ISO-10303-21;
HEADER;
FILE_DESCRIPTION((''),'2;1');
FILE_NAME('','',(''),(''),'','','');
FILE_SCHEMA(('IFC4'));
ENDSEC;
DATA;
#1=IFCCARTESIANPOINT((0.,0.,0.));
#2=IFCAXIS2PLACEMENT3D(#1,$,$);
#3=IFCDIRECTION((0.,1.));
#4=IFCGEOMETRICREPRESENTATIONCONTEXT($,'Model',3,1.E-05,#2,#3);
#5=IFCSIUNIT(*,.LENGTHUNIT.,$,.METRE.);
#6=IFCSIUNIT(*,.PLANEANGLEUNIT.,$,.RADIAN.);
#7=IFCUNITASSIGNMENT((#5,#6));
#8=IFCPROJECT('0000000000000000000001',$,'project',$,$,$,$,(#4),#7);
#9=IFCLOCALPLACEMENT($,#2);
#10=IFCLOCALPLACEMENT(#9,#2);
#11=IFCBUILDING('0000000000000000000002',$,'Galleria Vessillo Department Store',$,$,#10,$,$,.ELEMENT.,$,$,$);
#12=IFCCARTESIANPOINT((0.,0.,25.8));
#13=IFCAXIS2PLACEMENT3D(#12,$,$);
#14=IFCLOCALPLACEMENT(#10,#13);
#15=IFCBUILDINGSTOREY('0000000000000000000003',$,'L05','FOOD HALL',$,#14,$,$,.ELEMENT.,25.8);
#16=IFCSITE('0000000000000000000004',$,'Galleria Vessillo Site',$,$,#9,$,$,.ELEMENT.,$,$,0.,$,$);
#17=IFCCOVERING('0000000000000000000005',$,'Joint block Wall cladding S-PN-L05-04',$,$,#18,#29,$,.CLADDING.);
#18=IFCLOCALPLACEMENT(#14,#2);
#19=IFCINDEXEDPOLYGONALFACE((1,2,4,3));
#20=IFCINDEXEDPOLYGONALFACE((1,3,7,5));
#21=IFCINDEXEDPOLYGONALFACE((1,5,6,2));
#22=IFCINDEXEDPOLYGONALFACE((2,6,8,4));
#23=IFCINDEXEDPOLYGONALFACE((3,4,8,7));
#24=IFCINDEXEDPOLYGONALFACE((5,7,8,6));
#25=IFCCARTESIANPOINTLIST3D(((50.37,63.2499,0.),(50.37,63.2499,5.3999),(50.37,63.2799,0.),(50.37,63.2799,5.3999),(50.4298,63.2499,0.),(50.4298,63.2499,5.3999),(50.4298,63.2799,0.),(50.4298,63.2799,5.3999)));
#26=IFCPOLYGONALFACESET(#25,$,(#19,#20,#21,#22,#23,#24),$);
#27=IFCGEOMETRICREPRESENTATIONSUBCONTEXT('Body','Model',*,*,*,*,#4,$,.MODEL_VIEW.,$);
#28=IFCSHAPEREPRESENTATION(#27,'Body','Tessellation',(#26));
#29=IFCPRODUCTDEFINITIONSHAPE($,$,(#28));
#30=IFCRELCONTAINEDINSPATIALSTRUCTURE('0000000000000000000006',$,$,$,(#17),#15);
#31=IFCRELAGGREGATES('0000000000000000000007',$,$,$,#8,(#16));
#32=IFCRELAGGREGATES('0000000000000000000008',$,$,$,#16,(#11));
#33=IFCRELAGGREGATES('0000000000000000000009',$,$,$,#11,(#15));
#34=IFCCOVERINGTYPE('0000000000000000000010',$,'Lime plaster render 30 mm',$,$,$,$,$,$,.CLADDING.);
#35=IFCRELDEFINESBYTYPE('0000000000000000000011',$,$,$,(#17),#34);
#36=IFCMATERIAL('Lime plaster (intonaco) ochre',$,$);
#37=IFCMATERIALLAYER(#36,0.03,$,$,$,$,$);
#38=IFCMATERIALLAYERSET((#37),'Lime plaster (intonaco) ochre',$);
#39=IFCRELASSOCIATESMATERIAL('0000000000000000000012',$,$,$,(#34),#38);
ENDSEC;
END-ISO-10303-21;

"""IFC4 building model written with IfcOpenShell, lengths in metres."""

from ifc_helpers import new_model, si_unit, direction, frame, origin, origin_2d, place, context, subcontext, project, spatial, rectangle, extrude, material, layer, layer_set, type_object, element, save


model = new_model("IFC4")

# Units and contexts
model_context = context("Model", 3, precision=1e-05, world=origin(), true_north=direction((0.0, 1.0)))
body_context = subcontext(model_context, "Body", "Model", "MODEL_VIEW")
ifc_project = project(units=[si_unit("LENGTHUNIT", "METRE"), si_unit("PLANEANGLEUNIT", "RADIAN")], contexts=[model_context])

# Site, building, storey
site_placement = place(None, origin())
site = spatial("IfcSite", under=ifc_project, at=site_placement, Name="Galleria Vessillo Site", CompositionType="ELEMENT", RefElevation=0.0)
building_placement = place(site_placement, origin())
building = spatial("IfcBuilding", under=site, at=building_placement, Name="Galleria Vessillo Department Store", CompositionType="ELEMENT")
storey_placement = place(building_placement, frame((0.0, 0.0, 25.8)))
storey = spatial("IfcBuildingStorey", under=building, at=storey_placement, Name="L05", Description="FOOD HALL", CompositionType="ELEMENT", Elevation=25.8)

# Covering
ifc_material_1 = material(Name="Lime plaster (intonaco) ochre")
ifc_layer_1 = layer(ifc_material_1, 0.03)
ifc_layer_set_1 = layer_set([ifc_layer_1], Name="Lime plaster (intonaco) ochre")
covering_type = type_object("IfcCoveringType", Name="Lime plaster render 30 mm", PredefinedType="CLADDING", material=ifc_layer_set_1)
covering_1_placement = place(storey_placement, frame((50.3999, 63.2649, 0.0), z_axis=(0.0, 0.0, 1.0), x_axis=(1.0, 0.0, 0.0)))
element("IfcCovering", 1, at=covering_1_placement, inside=storey, type_object=covering_type, Name="Joint block Wall cladding S-PN-L05-04", PredefinedType="CLADDING", context=body_context, shape_type="SweptSolid", body=[
    extrude(rectangle(XDim=0.0598, YDim=0.03, at=origin_2d()), origin(), (0.0, 0.0, 1.0), 5.3999),
])

save(model, "model.ifc")
